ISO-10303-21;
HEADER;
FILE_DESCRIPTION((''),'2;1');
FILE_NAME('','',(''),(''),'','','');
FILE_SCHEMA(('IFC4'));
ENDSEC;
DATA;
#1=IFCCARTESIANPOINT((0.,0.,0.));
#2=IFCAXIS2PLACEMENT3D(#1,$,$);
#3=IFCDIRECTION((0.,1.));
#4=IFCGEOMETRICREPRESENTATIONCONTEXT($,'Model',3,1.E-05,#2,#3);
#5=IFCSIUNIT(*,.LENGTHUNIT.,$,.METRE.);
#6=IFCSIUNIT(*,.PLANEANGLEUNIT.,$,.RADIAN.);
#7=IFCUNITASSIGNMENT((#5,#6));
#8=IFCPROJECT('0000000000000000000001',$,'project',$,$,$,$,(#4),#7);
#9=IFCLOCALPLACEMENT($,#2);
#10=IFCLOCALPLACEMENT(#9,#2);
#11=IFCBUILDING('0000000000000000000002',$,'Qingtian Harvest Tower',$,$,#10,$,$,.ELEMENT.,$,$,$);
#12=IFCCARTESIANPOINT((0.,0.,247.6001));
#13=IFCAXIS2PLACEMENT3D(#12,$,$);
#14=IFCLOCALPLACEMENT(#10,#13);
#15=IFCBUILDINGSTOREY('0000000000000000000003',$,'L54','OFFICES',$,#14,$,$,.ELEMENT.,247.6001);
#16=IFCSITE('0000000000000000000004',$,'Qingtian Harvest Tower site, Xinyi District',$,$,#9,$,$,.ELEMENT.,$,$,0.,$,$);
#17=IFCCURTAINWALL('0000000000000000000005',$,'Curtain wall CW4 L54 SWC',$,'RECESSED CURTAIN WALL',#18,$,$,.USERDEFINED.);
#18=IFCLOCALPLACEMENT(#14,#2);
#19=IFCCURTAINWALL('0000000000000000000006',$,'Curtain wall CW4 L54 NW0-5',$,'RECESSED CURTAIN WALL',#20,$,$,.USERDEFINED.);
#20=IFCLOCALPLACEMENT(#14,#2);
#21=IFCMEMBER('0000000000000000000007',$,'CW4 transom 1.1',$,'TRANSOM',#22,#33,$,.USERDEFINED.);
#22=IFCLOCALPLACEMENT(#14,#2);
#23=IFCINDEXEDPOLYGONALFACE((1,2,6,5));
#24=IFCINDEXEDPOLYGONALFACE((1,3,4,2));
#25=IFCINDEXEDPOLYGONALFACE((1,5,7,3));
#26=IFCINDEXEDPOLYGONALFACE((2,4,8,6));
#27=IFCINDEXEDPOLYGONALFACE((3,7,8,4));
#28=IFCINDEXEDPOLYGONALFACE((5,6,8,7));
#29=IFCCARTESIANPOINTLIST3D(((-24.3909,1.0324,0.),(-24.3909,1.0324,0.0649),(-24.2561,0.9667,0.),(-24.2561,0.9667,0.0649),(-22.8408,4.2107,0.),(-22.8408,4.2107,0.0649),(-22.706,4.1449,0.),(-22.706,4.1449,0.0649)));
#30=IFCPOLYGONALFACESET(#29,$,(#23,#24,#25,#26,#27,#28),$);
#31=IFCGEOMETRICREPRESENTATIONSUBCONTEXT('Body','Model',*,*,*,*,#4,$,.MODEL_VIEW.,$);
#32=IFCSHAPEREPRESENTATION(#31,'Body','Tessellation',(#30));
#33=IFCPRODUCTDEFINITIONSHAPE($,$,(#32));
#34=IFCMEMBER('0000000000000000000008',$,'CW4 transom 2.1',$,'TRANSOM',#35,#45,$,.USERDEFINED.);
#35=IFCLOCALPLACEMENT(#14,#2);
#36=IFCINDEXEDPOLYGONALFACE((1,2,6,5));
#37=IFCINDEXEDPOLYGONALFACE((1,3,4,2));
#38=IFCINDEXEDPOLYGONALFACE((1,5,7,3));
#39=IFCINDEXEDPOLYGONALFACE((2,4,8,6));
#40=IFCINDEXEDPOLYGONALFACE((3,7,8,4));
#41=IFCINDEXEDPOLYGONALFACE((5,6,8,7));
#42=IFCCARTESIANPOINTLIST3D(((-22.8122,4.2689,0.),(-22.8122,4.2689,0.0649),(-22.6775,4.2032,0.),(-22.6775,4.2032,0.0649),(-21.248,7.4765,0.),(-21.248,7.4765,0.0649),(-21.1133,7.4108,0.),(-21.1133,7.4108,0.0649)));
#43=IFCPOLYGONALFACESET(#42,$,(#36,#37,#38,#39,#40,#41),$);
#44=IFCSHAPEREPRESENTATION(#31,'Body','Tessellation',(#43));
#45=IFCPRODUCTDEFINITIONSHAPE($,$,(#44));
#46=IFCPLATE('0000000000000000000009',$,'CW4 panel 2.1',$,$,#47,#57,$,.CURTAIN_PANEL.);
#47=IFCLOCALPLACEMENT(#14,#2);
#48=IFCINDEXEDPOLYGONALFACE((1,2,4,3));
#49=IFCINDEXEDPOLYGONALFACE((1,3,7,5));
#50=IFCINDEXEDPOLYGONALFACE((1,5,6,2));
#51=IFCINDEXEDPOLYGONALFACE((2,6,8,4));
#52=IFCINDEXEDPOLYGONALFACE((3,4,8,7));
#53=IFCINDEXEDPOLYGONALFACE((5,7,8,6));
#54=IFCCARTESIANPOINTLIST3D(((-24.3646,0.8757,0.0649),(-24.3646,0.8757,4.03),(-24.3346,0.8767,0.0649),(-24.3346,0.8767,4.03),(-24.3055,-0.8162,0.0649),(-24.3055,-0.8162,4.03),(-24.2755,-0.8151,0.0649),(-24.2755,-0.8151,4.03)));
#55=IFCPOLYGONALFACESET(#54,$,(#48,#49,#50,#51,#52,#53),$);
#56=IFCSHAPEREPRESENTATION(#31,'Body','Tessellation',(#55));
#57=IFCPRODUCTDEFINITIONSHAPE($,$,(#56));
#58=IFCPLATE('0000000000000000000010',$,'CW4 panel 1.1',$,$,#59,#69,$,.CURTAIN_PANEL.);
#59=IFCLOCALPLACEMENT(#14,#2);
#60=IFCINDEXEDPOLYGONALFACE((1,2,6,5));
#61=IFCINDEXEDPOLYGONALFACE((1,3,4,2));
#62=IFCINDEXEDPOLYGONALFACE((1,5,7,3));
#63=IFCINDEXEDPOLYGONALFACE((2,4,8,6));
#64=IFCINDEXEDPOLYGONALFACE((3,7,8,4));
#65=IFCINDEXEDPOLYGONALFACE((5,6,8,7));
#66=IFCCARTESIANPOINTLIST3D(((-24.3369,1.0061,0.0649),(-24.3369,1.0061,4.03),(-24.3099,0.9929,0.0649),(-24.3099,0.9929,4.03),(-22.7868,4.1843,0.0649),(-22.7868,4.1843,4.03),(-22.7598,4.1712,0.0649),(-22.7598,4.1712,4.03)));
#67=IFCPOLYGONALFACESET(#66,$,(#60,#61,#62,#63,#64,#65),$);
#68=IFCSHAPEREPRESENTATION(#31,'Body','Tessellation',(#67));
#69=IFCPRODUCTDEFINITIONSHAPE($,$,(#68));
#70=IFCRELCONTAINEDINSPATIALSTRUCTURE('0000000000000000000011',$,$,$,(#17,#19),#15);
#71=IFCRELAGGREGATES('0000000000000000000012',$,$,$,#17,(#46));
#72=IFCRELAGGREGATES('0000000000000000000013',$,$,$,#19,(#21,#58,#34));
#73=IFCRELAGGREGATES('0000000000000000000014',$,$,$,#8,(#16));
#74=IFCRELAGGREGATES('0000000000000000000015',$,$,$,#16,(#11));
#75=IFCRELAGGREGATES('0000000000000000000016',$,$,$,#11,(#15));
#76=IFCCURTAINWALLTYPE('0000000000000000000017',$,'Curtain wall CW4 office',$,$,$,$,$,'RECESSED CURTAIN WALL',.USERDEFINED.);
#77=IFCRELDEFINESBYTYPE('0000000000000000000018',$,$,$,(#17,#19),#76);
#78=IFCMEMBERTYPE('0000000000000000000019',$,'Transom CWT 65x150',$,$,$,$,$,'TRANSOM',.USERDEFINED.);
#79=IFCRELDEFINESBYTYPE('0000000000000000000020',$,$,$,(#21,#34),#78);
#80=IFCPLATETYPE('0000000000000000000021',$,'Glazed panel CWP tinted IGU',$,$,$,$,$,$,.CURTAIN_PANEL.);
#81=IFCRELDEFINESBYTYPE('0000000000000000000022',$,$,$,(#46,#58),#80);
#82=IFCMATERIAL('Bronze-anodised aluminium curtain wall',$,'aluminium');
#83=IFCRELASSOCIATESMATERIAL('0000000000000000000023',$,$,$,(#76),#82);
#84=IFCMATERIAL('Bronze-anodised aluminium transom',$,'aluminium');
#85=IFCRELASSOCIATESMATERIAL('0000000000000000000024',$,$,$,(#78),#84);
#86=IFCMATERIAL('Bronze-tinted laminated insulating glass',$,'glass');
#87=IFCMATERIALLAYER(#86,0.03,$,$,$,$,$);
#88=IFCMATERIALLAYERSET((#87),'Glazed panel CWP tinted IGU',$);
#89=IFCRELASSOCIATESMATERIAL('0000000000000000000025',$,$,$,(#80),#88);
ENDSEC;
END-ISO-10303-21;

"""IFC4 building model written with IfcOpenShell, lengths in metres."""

from ifc_helpers import new_model, si_unit, direction, frame, origin, origin_2d, place, context, subcontext, project, spatial, rectangle, extrude, material, layer, layer_set, material_profile, profile_set, type_object, element, aggregate, save


model = new_model("IFC4")

# Units and contexts
model_context = context("Model", 3, precision=1e-05, world=origin(), true_north=direction((0.0, 1.0)))
body_context = subcontext(model_context, "Body", "Model", "MODEL_VIEW")
ifc_project = project(units=[si_unit("LENGTHUNIT", "METRE"), si_unit("PLANEANGLEUNIT", "RADIAN")], contexts=[model_context])

# Site, building, storey
site_placement = place(None, origin())
site = spatial("IfcSite", under=ifc_project, at=site_placement, Name="Qingtian Harvest Tower site, Xinyi District", CompositionType="ELEMENT", RefElevation=0.0)
building_placement = place(site_placement, origin())
building = spatial("IfcBuilding", under=site, at=building_placement, Name="Qingtian Harvest Tower", CompositionType="ELEMENT")
storey_placement = place(building_placement, frame((0.0, 0.0, 247.6001)))
storey = spatial("IfcBuildingStorey", under=building, at=storey_placement, Name="L54", Description="OFFICES", CompositionType="ELEMENT", Elevation=247.6001)

# Curtain wall
ifc_material_1 = material(Name="Bronze-anodised aluminium curtain wall", Category="aluminium")
curtain_wall_type = type_object("IfcCurtainWallType", Name="Curtain wall CW4 office", ElementType="RECESSED CURTAIN WALL", PredefinedType="USERDEFINED", material=ifc_material_1)
curtain_wall_1_placement = place(storey_placement, origin())
curtain_wall_1 = element("IfcCurtainWall", 1, at=curtain_wall_1_placement, inside=storey, type_object=curtain_wall_type, Name="Curtain wall CW4 L54 SWC", ObjectType="RECESSED CURTAIN WALL", PredefinedType="USERDEFINED")

# Curtain wall
curtain_wall_2_placement = place(storey_placement, origin())
curtain_wall_2 = element("IfcCurtainWall", 2, at=curtain_wall_2_placement, inside=storey, type_object=curtain_wall_type, Name="Curtain wall CW4 L54 NW0-5", ObjectType="RECESSED CURTAIN WALL", PredefinedType="USERDEFINED")

# Members
ifc_material_2 = material(Name="Bronze-anodised aluminium transom", Category="aluminium")
ifc_material_profile_1 = material_profile(ifc_material_2, rectangle(XDim=0.1499, YDim=0.0649, at=origin_2d()), Name="AL 65x150")
ifc_profile_set_1 = profile_set([ifc_material_profile_1], Name="Bronze-anodised aluminium transom")
member_type_1 = type_object("IfcMemberType", Name="Transom CWT 65x150", ElementType="TRANSOM", PredefinedType="USERDEFINED", material=ifc_profile_set_1)
member_1_placement = place(storey_placement, frame((-24.3235, 0.9995, 0.0325), z_axis=(0.438354, 0.898802, 0.0), x_axis=(-0.898802, 0.438354, 0.0)))
member_1 = element("IfcMember", 3, at=member_1_placement, type_object=member_type_1, Name="CW4 transom 1.1", ObjectType="TRANSOM", PredefinedType="USERDEFINED", context=body_context, shape_type="SweptSolid", body=[
    extrude(rectangle(XDim=0.1499, YDim=0.0649, at=origin_2d()), origin(), (0.0, 0.0, 1.0), 3.5361),
])
member_2_placement = place(storey_placement, frame((-22.7449, 4.2361, 0.0325), z_axis=(0.438325, 0.898816, 0.0), x_axis=(-0.898816, 0.438325, 0.0)))
member_2 = element("IfcMember", 4, at=member_2_placement, type_object=member_type_1, Name="CW4 transom 2.1", ObjectType="TRANSOM", PredefinedType="USERDEFINED", context=body_context, shape_type="SweptSolid", body=[
    extrude(rectangle(XDim=0.1499, YDim=0.0649, at=origin_2d()), origin(), (0.0, 0.0, 1.0), 3.5686),
])

# Plates
ifc_material_3 = material(Name="Bronze-tinted laminated insulating glass", Category="glass")
ifc_layer = layer(ifc_material_3, 0.03)
ifc_layer_set = layer_set([ifc_layer], Name="Glazed panel CWP tinted IGU")
plate_type = type_object("IfcPlateType", Name="Glazed panel CWP tinted IGU", PredefinedType="CURTAIN_PANEL", material=ifc_layer_set)
plate_1_placement = place(storey_placement, frame((-24.3201, 0.0303, 0.0649), z_axis=(0.0, 0.0, 1.0), x_axis=(-0.034899, 0.999391, 0.0)))
plate_1 = element("IfcPlate", 5, at=plate_1_placement, type_object=plate_type, Name="CW4 panel 2.1", PredefinedType="CURTAIN_PANEL", context=body_context, shape_type="SweptSolid", body=[
    extrude(rectangle(XDim=1.6929, YDim=0.03, at=origin_2d()), origin(), (0.0, 0.0, 1.0), 3.9651),
])
aggregate(curtain_wall_1, [plate_1])
plate_2_placement = place(storey_placement, frame((-23.5483, 2.5886, 0.0649), z_axis=(0.0, 0.0, 1.0), x_axis=(0.438371, 0.898794, 0.0)))
plate_2 = element("IfcPlate", 6, at=plate_2_placement, type_object=plate_type, Name="CW4 panel 1.1", PredefinedType="CURTAIN_PANEL", context=body_context, shape_type="SweptSolid", body=[
    extrude(rectangle(XDim=3.5361, YDim=0.03, at=origin_2d()), origin(), (0.0, 0.0, 1.0), 3.9651),
])
aggregate(curtain_wall_2, [member_1, plate_2, member_2])

save(model, "model.ifc")
